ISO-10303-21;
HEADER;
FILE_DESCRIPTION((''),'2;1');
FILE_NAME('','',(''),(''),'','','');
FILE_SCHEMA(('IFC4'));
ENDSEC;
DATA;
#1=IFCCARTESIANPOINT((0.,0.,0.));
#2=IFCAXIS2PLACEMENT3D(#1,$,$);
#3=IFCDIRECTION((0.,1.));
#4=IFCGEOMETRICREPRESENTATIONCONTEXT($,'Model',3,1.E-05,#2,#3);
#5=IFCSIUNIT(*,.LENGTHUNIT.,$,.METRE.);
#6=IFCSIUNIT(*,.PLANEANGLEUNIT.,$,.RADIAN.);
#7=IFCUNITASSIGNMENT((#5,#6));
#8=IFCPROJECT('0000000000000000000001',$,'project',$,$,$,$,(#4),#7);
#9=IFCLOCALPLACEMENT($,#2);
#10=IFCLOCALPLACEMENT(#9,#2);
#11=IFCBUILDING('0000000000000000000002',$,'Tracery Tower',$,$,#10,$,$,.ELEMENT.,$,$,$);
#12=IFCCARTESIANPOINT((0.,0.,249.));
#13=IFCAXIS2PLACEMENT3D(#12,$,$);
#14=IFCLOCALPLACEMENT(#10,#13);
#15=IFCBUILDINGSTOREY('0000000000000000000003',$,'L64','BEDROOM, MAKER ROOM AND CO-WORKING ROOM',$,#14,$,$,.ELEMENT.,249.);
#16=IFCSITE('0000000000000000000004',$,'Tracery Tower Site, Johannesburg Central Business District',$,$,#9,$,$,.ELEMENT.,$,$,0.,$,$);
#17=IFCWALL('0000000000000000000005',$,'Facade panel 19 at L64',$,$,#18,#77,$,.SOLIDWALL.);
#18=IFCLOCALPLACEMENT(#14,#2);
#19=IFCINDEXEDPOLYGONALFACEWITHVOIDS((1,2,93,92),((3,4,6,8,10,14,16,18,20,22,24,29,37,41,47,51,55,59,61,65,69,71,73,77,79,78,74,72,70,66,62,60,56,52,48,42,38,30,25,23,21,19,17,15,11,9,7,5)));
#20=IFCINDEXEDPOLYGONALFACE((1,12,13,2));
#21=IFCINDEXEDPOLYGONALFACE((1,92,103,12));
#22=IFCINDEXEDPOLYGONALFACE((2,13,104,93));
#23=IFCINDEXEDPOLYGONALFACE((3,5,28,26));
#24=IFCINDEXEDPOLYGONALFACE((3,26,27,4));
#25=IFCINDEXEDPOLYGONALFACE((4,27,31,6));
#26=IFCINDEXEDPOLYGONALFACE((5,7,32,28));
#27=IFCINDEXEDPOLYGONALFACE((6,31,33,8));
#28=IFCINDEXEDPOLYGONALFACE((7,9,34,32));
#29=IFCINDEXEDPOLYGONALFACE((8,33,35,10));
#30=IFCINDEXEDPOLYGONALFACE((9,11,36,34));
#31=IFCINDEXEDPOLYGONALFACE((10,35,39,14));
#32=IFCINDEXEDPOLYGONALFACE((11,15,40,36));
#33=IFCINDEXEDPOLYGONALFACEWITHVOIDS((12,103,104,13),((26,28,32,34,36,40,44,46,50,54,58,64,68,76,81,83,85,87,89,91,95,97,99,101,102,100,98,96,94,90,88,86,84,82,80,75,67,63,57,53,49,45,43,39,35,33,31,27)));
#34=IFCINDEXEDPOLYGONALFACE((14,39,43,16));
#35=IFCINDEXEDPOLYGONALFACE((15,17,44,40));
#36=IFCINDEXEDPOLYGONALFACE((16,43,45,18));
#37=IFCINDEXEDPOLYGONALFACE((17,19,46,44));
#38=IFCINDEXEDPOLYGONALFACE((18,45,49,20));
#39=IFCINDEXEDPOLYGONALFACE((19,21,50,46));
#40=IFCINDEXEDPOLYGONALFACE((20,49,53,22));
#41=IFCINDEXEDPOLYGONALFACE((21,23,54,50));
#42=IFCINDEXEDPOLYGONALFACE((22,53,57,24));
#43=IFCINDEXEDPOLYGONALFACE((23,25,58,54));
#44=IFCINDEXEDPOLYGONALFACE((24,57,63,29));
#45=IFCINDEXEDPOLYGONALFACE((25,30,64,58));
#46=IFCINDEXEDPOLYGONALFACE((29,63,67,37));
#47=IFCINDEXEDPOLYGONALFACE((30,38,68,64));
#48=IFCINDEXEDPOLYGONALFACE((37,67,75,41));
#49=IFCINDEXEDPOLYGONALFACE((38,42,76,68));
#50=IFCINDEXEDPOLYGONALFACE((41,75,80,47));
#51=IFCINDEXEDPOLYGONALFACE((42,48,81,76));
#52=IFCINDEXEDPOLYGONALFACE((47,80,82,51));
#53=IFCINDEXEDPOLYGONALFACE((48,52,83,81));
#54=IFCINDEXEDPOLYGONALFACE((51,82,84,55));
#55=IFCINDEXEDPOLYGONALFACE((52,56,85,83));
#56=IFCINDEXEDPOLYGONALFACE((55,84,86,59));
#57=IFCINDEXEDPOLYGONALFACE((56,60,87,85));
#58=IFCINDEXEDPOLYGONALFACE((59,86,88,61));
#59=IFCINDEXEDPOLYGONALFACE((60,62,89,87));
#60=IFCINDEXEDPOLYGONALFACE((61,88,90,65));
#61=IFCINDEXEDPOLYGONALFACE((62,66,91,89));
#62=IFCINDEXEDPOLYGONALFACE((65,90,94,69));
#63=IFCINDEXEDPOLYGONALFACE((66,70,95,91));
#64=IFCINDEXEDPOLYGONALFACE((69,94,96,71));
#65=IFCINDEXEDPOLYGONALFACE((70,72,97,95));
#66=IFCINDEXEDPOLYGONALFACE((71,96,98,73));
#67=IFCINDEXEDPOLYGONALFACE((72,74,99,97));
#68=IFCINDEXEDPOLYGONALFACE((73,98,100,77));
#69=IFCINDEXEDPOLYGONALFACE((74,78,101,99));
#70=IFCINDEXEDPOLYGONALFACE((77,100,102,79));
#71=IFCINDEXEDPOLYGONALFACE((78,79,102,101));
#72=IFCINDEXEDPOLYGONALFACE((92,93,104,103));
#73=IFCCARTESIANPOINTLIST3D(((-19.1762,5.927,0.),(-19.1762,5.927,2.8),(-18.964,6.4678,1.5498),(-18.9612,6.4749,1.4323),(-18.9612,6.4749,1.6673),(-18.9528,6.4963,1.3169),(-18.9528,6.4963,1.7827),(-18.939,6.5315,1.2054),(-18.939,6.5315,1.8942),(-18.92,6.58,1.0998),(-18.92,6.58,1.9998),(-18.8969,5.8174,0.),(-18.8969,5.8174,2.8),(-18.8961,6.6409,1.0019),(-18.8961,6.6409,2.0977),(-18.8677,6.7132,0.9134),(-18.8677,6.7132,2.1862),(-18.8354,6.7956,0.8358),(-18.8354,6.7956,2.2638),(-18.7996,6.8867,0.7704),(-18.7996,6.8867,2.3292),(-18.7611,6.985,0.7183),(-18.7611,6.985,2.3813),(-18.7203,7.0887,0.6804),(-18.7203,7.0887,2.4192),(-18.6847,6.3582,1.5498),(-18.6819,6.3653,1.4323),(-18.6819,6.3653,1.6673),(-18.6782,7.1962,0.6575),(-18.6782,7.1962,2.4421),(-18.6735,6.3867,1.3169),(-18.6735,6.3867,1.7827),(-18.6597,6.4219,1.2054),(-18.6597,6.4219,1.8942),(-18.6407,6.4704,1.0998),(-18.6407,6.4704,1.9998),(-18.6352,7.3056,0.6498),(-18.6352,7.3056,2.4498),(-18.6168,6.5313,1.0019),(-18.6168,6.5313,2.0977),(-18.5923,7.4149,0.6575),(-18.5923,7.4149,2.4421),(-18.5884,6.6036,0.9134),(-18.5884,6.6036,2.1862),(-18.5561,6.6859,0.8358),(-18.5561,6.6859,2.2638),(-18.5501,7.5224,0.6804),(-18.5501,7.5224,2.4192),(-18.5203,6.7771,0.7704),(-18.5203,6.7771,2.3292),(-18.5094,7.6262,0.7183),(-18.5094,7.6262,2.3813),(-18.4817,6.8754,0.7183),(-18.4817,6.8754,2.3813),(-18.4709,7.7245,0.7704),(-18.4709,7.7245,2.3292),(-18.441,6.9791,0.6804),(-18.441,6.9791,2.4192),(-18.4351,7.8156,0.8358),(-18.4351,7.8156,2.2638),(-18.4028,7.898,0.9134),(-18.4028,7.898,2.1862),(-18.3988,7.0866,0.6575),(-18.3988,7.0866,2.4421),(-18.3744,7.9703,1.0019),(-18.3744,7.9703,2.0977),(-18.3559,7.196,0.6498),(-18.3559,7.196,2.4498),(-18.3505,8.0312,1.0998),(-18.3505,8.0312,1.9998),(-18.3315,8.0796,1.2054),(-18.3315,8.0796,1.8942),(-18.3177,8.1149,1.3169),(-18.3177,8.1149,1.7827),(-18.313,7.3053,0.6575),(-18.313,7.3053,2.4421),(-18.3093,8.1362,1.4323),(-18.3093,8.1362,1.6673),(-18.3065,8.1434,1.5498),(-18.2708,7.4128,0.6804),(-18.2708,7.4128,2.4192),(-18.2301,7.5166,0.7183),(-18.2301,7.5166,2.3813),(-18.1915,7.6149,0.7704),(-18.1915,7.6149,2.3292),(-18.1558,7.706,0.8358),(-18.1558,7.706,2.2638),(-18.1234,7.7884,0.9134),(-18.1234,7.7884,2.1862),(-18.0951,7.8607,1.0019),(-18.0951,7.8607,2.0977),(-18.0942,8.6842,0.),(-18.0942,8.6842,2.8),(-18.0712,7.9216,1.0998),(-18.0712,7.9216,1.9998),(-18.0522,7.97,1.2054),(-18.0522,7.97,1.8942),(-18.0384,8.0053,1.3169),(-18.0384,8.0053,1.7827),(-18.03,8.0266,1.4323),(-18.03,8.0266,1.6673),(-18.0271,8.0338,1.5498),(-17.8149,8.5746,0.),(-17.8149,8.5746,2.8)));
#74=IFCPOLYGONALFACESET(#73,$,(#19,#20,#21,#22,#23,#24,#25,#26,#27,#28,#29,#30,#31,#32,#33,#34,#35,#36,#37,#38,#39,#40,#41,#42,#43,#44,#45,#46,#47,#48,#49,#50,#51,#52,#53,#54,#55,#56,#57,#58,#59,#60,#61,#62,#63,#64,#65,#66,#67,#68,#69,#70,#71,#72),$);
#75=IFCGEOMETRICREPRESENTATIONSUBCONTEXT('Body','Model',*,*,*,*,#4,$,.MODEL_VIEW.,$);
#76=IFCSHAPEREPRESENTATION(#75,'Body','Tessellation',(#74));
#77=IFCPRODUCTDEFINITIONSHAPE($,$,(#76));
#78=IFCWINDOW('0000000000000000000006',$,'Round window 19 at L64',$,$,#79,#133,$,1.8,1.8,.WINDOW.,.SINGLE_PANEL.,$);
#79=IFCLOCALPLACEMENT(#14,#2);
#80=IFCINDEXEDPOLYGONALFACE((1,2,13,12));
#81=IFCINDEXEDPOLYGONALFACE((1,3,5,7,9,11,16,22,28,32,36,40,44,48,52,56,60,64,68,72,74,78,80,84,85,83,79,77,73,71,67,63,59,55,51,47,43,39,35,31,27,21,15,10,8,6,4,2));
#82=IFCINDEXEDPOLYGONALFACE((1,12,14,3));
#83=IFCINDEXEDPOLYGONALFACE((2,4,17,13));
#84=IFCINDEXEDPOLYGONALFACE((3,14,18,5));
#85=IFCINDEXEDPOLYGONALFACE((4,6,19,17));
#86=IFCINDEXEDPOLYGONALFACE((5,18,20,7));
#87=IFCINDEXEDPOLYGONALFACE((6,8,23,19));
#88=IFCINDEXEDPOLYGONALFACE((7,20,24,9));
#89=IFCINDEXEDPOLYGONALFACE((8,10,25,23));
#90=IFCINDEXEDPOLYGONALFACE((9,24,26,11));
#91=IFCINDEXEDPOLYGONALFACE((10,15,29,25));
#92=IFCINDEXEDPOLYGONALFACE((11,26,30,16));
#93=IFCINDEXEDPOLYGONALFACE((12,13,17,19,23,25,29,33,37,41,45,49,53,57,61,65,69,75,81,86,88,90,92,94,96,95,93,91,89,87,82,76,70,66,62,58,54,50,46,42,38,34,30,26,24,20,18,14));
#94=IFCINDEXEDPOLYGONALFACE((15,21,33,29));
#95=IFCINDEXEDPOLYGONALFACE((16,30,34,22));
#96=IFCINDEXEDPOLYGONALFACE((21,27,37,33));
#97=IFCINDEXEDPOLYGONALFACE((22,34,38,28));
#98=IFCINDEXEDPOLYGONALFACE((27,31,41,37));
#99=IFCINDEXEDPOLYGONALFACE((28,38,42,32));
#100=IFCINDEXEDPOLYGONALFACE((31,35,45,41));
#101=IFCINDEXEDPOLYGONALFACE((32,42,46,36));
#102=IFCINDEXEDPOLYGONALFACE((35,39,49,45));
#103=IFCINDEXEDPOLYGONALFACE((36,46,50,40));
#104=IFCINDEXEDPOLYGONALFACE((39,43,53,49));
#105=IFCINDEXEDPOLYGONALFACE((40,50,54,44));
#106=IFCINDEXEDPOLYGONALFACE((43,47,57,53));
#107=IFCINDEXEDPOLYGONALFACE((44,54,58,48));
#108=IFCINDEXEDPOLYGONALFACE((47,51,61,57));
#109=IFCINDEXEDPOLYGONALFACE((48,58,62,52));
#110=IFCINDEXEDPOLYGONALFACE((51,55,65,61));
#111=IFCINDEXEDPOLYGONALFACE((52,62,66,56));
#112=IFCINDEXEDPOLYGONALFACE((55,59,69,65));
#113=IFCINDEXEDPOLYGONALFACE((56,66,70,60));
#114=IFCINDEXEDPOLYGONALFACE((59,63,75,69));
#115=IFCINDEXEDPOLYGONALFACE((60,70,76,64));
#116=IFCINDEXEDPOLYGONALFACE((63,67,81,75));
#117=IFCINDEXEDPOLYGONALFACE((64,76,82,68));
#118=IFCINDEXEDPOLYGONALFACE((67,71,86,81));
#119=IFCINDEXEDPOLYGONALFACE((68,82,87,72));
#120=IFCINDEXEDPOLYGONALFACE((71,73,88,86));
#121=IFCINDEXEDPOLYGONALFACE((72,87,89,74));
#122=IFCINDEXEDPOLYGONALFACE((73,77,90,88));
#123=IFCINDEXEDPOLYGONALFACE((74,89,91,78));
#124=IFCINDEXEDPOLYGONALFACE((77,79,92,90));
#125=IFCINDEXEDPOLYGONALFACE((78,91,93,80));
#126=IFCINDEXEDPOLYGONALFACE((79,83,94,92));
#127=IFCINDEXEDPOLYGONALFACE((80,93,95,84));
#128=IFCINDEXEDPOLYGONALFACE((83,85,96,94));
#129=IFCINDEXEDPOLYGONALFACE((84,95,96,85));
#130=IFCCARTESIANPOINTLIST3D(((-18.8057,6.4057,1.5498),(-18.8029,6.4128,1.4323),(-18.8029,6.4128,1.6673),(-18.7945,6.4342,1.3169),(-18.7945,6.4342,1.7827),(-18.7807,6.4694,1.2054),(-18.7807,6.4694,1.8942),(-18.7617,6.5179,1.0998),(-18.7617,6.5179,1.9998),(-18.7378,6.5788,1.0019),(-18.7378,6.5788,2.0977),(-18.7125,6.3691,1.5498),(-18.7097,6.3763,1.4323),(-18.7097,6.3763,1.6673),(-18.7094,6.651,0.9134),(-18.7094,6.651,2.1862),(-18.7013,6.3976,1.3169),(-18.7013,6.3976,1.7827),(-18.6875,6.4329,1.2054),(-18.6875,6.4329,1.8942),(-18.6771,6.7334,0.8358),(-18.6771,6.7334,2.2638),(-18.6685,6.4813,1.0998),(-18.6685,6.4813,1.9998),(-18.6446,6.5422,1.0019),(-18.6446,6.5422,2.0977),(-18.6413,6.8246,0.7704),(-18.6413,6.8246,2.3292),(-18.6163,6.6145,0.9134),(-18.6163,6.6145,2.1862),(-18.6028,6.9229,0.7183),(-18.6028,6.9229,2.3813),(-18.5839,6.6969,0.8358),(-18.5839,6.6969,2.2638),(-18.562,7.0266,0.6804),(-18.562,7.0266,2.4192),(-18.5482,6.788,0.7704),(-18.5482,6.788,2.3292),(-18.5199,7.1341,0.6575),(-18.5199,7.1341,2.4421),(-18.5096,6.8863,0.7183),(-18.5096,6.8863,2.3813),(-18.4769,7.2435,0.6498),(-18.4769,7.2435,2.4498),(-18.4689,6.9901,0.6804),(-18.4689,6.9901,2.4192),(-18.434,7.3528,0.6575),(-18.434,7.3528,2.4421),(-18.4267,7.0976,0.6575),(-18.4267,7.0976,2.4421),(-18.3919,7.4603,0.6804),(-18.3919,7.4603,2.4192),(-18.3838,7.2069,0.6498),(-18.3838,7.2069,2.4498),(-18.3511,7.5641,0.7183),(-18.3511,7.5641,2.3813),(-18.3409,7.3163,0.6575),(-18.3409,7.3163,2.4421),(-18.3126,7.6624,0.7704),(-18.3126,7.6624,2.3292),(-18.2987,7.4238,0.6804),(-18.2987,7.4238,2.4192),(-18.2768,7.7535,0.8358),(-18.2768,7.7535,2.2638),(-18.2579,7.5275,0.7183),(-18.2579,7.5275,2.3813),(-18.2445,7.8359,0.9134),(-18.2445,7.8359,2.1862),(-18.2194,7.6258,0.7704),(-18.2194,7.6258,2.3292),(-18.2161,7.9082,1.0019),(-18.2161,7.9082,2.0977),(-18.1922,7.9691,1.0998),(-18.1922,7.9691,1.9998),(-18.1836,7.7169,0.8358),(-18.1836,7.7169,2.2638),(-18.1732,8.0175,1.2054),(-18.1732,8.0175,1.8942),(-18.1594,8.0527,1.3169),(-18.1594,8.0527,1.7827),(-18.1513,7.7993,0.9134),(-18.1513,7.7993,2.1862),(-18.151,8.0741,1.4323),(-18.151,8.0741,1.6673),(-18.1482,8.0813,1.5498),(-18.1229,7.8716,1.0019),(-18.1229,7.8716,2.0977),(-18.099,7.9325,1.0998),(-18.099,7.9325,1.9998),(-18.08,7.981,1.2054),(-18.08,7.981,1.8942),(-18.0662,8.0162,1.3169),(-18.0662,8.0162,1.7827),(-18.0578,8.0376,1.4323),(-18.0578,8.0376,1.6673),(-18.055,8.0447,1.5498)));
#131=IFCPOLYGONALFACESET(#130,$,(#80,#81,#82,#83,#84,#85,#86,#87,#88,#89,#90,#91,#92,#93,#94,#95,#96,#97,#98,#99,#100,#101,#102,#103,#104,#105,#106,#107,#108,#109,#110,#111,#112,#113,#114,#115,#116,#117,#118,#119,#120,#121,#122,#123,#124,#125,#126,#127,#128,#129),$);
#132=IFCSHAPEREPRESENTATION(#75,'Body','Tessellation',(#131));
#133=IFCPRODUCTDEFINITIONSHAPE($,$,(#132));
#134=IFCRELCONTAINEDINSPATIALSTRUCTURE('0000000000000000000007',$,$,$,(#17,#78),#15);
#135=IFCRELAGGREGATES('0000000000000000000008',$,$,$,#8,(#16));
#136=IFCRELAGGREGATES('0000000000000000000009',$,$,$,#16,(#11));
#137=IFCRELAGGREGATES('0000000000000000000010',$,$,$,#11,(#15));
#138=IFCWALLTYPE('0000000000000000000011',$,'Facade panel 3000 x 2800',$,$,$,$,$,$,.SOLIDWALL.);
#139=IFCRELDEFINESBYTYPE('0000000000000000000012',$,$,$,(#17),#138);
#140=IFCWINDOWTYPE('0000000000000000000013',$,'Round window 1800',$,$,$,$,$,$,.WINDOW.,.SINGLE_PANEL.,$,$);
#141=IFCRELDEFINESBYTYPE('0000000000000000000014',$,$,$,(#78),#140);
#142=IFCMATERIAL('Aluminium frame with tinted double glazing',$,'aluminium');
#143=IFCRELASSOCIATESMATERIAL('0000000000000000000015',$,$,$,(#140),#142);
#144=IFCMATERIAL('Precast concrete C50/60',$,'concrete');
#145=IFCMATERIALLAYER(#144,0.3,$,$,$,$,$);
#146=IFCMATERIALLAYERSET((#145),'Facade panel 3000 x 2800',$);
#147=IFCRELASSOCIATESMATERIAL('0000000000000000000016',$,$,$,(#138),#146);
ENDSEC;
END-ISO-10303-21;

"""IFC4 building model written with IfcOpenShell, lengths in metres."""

from ifc_helpers import new_model, si_unit, direction, frame, frame_2d, origin, origin_2d, place, context, subcontext, project, spatial, rectangle, circle, extrude, material, layer, layer_set, type_object, element, fill, save


model = new_model("IFC4")

# Units and contexts
model_context = context("Model", 3, precision=1e-05, world=origin(), true_north=direction((0.0, 1.0)))
body_context = subcontext(model_context, "Body", "Model", "MODEL_VIEW")
ifc_project = project(units=[si_unit("LENGTHUNIT", "METRE"), si_unit("PLANEANGLEUNIT", "RADIAN")], contexts=[model_context])

# Site, building, storey
site_placement = place(None, origin())
site = spatial("IfcSite", under=ifc_project, at=site_placement, Name="Tracery Tower Site, Johannesburg Central Business District", CompositionType="ELEMENT", RefElevation=0.0)
building_placement = place(site_placement, origin())
building = spatial("IfcBuilding", under=site, at=building_placement, Name="Tracery Tower", CompositionType="ELEMENT")
storey_placement = place(building_placement, frame((0.0, 0.0, 249.0)))
storey = spatial("IfcBuildingStorey", under=building, at=storey_placement, Name="L64", Description="BEDROOM, MAKER ROOM AND CO-WORKING ROOM", CompositionType="ELEMENT", Elevation=249.0)

# Wall, opening, window
ifc_material_1 = material(Name="Aluminium frame with tinted double glazing", Category="aluminium")
window_type = type_object("IfcWindowType", Name="Round window 1800", PartitioningType="SINGLE_PANEL", PredefinedType="WINDOW", material=ifc_material_1)
ifc_material_2 = material(Name="Precast concrete C50/60", Category="concrete")
ifc_layer_1 = layer(ifc_material_2, 0.3)
ifc_layer_set_1 = layer_set([ifc_layer_1], Name="Facade panel 3000 x 2800")
wall_type_1 = type_object("IfcWallType", Name="Facade panel 3000 x 2800", PredefinedType="SOLIDWALL", material=ifc_layer_set_1)
wall_1_placement = place(storey_placement, frame((-17.9546, 8.6294, 0.0), z_axis=(0.0, 0.0, 1.0), x_axis=(-0.3653, -0.93089, 0.0)))
wall_1 = element("IfcWall", 1, at=wall_1_placement, inside=storey, type_object=wall_type_1, Name="Facade panel 19 at L64", PredefinedType="SOLIDWALL", context=body_context, shape_type="SweptSolid", body=[
    extrude(rectangle(XDim=2.9619, YDim=0.3, at=frame_2d((1.481, 0.0))), origin(), (0.0, 0.0, 1.0), 2.8),
])
opening_1_placement = place(wall_1_placement, frame((1.481, 0.0, 1.5498)))
opening_1 = element("IfcOpeningElement", 2, at=opening_1_placement, cuts=wall_1, PredefinedType="OPENING", context=body_context, shape_type="SweptSolid", body=[
    extrude(circle(Radius=0.9, at=origin_2d()), frame((0.0, 0.1599, 0.0), z_axis=(0.0, -1.0, 0.0), x_axis=(1.0, 0.0, 0.0)), (0.0, 0.0, 1.0), 0.3201),
])
window_1_placement = place(opening_1_placement, origin())
window_1 = element("IfcWindow", 3, at=window_1_placement, inside=storey, type_object=window_type, Name="Round window 19 at L64", OverallHeight=1.8, OverallWidth=1.8, PartitioningType="SINGLE_PANEL", PredefinedType="WINDOW", context=body_context, shape_type="SweptSolid", body=[
    extrude(circle(Radius=0.9, at=origin_2d()), frame((0.0, 0.1201, 0.0), z_axis=(0.0, -1.0, 0.0), x_axis=(1.0, 0.0, 0.0)), (0.0, 0.0, 1.0), 0.1001),
])
fill(opening_1, window_1)

save(model, "model.ifc")
